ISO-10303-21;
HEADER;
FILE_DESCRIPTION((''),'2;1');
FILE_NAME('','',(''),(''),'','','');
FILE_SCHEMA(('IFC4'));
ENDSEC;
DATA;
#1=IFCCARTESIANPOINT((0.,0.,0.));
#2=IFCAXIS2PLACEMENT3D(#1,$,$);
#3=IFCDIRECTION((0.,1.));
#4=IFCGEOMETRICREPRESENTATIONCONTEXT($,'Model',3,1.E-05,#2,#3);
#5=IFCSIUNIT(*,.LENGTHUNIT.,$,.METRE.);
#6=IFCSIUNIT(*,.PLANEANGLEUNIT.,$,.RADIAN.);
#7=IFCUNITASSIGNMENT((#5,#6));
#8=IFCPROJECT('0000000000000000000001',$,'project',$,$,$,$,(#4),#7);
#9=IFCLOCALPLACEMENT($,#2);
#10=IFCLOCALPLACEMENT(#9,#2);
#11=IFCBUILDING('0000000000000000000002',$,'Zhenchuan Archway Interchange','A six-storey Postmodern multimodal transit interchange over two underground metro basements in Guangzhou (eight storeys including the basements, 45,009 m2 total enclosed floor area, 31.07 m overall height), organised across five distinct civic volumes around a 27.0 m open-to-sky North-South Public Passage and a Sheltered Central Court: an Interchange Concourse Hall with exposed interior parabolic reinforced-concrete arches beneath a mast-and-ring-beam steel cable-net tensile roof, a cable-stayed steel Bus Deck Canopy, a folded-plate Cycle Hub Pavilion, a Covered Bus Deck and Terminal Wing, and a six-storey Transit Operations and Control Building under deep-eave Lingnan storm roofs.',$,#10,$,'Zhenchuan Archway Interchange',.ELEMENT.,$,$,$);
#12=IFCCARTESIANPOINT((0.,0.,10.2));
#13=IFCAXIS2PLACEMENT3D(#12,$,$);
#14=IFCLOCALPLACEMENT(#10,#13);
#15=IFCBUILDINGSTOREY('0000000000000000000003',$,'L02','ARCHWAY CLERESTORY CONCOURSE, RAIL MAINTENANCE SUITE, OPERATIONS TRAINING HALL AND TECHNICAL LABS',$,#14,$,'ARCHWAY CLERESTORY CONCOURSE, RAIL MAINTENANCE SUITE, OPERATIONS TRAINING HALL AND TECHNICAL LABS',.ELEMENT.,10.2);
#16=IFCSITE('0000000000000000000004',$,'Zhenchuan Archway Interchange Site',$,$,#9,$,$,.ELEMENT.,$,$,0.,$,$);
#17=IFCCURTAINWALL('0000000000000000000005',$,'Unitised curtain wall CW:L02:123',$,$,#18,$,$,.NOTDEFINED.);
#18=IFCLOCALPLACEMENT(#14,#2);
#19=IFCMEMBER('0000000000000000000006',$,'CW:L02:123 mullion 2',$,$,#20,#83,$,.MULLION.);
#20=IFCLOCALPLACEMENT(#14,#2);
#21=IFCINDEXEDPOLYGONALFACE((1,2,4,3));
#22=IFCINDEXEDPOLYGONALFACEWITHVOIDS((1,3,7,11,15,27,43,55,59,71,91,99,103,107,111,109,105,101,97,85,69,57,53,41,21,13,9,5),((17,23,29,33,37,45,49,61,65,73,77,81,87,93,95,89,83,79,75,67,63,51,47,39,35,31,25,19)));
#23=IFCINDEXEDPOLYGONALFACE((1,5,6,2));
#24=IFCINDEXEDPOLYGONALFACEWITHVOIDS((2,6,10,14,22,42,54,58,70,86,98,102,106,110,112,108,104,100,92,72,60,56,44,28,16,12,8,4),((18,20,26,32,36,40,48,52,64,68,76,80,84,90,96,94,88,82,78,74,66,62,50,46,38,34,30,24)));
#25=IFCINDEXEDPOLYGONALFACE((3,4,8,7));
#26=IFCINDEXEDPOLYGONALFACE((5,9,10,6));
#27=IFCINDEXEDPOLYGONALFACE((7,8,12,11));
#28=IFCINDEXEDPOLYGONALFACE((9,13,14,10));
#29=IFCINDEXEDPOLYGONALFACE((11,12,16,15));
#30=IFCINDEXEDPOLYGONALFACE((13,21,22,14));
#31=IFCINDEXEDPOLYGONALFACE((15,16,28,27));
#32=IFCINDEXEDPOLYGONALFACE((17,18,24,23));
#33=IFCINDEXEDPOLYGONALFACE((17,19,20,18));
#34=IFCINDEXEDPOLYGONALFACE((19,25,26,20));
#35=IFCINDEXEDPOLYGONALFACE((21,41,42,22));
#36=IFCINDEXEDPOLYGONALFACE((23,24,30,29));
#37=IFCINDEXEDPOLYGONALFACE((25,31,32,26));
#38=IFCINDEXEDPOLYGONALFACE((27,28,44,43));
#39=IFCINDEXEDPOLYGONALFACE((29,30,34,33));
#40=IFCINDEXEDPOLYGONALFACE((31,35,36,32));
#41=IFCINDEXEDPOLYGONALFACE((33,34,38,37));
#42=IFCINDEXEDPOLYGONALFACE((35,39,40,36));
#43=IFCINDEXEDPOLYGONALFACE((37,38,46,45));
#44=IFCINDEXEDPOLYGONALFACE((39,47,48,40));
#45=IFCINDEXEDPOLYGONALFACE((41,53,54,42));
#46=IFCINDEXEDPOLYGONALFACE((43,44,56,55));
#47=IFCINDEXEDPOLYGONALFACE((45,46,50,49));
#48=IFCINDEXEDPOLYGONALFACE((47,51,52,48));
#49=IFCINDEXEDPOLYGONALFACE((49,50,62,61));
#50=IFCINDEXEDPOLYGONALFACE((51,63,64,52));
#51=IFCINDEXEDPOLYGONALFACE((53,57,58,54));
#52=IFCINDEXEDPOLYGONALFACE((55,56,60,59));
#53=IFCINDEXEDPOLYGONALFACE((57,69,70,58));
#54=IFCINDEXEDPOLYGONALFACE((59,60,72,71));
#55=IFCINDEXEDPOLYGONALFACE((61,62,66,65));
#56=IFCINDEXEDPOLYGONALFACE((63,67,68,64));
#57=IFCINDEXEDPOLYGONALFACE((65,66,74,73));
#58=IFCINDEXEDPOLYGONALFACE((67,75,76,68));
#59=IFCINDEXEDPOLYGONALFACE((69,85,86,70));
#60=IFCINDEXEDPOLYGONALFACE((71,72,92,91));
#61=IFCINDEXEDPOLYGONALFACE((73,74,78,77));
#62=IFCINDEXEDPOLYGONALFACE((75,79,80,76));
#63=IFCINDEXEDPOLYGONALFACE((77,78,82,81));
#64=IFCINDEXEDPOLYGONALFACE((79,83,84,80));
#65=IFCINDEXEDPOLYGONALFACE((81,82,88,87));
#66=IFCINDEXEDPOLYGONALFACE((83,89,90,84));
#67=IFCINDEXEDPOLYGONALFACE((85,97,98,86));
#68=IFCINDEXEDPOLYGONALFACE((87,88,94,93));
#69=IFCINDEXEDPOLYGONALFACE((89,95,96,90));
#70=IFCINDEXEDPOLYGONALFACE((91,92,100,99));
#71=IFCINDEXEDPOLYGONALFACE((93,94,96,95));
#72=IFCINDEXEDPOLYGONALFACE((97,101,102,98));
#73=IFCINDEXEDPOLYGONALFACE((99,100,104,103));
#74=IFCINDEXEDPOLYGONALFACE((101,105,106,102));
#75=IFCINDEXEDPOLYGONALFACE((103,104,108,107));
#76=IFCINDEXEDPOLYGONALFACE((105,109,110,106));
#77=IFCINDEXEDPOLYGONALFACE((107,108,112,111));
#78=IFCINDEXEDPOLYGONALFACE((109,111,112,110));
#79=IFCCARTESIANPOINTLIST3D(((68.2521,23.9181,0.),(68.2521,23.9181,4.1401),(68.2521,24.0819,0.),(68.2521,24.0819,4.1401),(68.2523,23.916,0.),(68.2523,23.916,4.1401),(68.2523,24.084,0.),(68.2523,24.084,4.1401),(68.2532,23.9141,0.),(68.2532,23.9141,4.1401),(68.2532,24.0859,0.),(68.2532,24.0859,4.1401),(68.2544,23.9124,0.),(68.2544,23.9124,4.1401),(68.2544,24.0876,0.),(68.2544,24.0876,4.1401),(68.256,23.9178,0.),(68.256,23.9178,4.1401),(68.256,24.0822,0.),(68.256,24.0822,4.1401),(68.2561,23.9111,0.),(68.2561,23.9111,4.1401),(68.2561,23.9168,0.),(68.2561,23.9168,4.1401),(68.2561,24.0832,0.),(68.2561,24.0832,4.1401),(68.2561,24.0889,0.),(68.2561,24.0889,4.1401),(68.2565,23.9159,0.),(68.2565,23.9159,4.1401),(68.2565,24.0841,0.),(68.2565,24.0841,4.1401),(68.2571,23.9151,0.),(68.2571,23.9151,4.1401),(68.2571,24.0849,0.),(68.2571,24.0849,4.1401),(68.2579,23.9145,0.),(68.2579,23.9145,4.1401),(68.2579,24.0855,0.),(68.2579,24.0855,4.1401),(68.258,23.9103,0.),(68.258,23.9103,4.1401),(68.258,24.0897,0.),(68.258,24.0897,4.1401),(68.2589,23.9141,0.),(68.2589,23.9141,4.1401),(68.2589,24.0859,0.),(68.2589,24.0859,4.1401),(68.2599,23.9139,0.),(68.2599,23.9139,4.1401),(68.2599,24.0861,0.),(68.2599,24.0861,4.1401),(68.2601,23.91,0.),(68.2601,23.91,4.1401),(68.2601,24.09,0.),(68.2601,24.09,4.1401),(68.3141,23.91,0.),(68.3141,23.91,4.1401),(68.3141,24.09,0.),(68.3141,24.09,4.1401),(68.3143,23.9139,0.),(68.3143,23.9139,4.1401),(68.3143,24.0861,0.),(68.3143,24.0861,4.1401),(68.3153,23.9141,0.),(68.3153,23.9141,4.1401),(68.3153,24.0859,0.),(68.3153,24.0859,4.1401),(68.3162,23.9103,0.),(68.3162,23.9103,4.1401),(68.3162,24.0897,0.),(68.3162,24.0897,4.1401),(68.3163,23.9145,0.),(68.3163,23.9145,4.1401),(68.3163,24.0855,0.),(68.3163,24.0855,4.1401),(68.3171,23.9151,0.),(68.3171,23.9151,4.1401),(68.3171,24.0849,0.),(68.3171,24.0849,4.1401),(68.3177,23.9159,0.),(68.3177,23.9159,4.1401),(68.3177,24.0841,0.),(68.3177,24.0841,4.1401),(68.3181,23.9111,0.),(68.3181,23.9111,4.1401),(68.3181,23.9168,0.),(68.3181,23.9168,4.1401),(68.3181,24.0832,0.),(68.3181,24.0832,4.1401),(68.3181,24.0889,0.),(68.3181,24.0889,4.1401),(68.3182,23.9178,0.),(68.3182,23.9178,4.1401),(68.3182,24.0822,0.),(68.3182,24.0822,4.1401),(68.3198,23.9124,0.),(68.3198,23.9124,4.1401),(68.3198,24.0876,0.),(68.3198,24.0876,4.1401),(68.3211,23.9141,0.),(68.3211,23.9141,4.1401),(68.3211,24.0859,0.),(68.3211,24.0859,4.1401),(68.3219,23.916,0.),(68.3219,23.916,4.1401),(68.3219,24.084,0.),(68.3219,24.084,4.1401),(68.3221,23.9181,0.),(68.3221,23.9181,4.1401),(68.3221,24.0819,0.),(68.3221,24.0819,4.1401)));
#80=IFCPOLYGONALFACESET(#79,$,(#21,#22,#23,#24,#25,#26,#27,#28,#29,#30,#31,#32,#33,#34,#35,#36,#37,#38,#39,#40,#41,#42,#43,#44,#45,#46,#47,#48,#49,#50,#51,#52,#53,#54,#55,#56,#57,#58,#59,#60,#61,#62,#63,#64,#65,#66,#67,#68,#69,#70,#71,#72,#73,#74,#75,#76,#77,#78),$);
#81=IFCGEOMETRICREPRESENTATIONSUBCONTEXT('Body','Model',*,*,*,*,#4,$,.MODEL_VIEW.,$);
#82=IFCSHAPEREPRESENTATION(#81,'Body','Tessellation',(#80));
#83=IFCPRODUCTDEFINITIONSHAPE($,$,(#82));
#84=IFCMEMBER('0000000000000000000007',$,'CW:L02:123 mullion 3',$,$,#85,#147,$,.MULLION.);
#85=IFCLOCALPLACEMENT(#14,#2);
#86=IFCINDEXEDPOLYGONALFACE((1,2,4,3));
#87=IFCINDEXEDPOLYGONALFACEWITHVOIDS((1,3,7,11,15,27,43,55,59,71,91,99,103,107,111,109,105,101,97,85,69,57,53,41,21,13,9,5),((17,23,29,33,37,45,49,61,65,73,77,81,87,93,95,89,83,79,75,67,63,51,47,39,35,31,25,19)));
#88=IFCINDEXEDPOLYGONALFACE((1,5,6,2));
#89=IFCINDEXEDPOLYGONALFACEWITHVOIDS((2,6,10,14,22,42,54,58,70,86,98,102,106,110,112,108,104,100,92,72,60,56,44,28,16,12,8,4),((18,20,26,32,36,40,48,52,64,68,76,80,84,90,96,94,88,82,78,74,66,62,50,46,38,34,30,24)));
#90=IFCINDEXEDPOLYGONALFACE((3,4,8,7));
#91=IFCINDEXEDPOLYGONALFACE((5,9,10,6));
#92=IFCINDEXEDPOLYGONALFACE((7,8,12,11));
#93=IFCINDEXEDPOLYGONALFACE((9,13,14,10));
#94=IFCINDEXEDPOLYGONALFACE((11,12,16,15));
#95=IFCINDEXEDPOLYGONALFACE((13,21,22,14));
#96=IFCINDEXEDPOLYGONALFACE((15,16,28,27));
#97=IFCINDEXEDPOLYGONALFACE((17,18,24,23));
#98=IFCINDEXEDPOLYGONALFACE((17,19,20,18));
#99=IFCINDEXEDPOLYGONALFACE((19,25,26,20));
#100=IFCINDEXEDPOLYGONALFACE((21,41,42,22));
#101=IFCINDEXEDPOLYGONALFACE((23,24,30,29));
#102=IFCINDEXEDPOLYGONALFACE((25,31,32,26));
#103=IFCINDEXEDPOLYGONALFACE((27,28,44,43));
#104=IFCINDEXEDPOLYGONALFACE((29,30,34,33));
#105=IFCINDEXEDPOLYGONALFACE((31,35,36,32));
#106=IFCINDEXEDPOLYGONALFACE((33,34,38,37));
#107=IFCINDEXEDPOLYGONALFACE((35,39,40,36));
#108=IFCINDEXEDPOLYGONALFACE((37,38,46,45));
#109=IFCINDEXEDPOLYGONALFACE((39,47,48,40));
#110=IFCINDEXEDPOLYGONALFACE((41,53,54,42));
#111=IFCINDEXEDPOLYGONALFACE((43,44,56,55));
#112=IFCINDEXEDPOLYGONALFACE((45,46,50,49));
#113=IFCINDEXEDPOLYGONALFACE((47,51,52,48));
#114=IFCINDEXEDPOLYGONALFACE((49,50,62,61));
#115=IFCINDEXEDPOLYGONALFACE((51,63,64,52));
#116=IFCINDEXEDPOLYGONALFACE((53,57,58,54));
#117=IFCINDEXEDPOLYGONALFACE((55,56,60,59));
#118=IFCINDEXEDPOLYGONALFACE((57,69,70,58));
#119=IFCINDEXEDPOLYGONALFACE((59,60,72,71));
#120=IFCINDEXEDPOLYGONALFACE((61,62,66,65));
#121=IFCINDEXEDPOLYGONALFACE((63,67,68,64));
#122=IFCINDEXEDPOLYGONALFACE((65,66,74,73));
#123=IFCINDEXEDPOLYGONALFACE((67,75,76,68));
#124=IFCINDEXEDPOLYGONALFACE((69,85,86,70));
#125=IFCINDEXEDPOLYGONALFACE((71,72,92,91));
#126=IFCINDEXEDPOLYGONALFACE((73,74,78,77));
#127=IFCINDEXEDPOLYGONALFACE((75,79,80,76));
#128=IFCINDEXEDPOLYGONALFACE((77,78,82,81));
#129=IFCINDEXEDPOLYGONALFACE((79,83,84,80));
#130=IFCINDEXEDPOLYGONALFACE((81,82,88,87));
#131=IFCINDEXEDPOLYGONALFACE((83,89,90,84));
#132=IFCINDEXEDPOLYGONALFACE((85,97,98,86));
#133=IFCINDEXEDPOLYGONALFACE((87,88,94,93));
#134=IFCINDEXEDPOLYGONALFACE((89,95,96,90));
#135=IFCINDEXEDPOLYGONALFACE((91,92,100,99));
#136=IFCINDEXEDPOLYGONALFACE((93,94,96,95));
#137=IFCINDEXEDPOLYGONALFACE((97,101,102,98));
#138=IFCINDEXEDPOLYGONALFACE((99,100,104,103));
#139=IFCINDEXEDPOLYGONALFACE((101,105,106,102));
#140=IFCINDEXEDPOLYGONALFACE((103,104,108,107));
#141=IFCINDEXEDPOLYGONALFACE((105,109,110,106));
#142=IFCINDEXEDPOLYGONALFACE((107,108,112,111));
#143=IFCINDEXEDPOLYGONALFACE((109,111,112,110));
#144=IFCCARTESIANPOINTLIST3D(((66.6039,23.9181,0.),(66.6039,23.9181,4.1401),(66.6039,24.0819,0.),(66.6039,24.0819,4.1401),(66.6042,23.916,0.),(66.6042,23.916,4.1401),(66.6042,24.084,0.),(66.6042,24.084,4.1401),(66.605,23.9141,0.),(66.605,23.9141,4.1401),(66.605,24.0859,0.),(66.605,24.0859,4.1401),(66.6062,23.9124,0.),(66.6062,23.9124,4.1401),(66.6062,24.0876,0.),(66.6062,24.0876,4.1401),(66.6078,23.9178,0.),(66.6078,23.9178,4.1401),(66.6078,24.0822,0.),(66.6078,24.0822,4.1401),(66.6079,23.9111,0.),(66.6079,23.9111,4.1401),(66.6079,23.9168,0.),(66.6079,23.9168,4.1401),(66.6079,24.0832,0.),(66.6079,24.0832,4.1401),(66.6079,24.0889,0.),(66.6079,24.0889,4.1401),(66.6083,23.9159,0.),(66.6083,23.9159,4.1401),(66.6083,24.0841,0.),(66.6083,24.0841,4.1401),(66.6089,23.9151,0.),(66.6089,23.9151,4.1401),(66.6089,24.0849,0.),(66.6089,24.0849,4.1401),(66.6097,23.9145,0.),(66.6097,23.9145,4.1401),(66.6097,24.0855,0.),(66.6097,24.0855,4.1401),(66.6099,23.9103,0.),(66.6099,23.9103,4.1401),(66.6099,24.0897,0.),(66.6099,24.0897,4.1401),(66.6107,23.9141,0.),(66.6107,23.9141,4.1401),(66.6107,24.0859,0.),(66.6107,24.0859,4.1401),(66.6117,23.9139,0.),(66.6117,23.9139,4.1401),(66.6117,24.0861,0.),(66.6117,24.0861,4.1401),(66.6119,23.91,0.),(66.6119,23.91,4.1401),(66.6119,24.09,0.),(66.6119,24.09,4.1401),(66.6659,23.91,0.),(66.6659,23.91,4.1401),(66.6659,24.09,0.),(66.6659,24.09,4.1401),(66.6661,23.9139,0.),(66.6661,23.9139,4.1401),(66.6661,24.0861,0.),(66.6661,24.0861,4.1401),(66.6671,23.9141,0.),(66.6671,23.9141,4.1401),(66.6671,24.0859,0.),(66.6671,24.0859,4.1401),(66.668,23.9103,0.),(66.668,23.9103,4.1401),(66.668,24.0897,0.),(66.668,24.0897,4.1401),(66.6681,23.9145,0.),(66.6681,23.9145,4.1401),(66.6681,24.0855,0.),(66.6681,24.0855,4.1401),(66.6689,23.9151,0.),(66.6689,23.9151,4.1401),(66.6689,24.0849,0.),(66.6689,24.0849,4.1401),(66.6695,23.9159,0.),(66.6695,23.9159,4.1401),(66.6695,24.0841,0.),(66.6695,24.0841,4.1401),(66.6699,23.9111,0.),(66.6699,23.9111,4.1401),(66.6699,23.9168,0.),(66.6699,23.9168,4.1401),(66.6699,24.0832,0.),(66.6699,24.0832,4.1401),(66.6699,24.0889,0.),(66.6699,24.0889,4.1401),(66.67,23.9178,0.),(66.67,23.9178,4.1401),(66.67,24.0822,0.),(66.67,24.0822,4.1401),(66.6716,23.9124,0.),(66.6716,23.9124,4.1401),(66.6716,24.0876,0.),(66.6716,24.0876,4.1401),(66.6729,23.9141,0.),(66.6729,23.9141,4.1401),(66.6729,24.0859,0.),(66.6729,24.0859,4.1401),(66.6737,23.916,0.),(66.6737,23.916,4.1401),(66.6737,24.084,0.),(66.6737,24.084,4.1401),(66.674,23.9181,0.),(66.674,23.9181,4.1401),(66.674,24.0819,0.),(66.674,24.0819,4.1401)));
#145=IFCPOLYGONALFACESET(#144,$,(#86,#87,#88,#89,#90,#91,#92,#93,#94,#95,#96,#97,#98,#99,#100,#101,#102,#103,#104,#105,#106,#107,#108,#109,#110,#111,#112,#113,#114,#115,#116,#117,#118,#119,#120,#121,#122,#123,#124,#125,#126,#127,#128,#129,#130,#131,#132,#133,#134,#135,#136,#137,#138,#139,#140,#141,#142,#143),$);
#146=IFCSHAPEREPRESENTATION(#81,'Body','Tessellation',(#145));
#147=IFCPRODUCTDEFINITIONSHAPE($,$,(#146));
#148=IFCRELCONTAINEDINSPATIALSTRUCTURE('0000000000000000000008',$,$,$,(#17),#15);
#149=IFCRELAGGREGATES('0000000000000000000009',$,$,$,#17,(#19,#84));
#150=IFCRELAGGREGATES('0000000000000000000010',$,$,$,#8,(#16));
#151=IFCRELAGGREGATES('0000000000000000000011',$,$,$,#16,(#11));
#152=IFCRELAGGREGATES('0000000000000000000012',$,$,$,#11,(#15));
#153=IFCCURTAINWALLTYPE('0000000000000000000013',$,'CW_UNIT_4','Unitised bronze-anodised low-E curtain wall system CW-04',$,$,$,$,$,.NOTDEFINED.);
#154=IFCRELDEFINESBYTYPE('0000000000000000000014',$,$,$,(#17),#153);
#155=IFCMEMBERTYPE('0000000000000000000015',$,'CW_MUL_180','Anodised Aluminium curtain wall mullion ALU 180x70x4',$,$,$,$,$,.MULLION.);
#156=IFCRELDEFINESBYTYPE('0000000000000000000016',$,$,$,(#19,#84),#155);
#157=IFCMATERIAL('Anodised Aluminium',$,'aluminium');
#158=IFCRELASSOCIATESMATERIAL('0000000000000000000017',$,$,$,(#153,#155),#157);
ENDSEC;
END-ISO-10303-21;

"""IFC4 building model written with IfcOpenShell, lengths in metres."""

from ifc_helpers import new_model, si_unit, direction, frame, origin, origin_2d, place, context, subcontext, project, spatial, hollow_rectangle, extrude, material, material_profile, profile_set, type_object, element, aggregate, save


model = new_model("IFC4")

# Units and contexts
model_context = context("Model", 3, precision=1e-05, world=origin(), true_north=direction((0.0, 1.0)))
body_context = subcontext(model_context, "Body", "Model", "MODEL_VIEW")
ifc_project = project(units=[si_unit("LENGTHUNIT", "METRE"), si_unit("PLANEANGLEUNIT", "RADIAN")], contexts=[model_context])

# Site, building, storey
site_placement = place(None, origin())
site = spatial("IfcSite", under=ifc_project, at=site_placement, Name="Zhenchuan Archway Interchange Site", CompositionType="ELEMENT", RefElevation=0.0)
building_placement = place(site_placement, origin())
building = spatial("IfcBuilding", under=site, at=building_placement, Name="Zhenchuan Archway Interchange", Description="A six-storey Postmodern multimodal transit interchange over two underground metro basements in Guangzhou (eight storeys including the basements, 45,009 m2 total enclosed floor area, 31.07 m overall height), organised across five distinct civic volumes around a 27.0 m open-to-sky North-South Public Passage and a Sheltered Central Court: an Interchange Concourse Hall with exposed interior parabolic reinforced-concrete arches beneath a mast-and-ring-beam steel cable-net tensile roof, a cable-stayed steel Bus Deck Canopy, a folded-plate Cycle Hub Pavilion, a Covered Bus Deck and Terminal Wing, and a six-storey Transit Operations and Control Building under deep-eave Lingnan storm roofs.", LongName="Zhenchuan Archway Interchange", CompositionType="ELEMENT")
storey_placement = place(building_placement, frame((0.0, 0.0, 10.2)))
storey = spatial("IfcBuildingStorey", under=building, at=storey_placement, Name="L02", Description="ARCHWAY CLERESTORY CONCOURSE, RAIL MAINTENANCE SUITE, OPERATIONS TRAINING HALL AND TECHNICAL LABS", LongName="ARCHWAY CLERESTORY CONCOURSE, RAIL MAINTENANCE SUITE, OPERATIONS TRAINING HALL AND TECHNICAL LABS", CompositionType="ELEMENT", Elevation=10.2)

# Curtain wall, members
ifc_material_1 = material(Name="Anodised Aluminium", Category="aluminium")
curtain_wall_type = type_object("IfcCurtainWallType", Name="CW_UNIT_4", Description="Unitised bronze-anodised low-E curtain wall system CW-04", PredefinedType="NOTDEFINED", material=ifc_material_1)
curtain_wall_placement = place(storey_placement, origin())
curtain_wall = element("IfcCurtainWall", 1, at=curtain_wall_placement, inside=storey, type_object=curtain_wall_type, Name="Unitised curtain wall CW:L02:123", PredefinedType="NOTDEFINED")
ifc_material_profile_1 = material_profile(ifc_material_1, hollow_rectangle(XDim=0.0701, YDim=0.1799, WallThickness=0.0039, InnerFilletRadius=0.0039, OuterFilletRadius=0.0081, at=origin_2d()), Name="ALU 180x70x4")
ifc_profile_set_1 = profile_set([ifc_material_profile_1], Name="Anodised Aluminium")
member_type_1 = type_object("IfcMemberType", Name="CW_MUL_180", Description="Anodised Aluminium curtain wall mullion ALU 180x70x4", PredefinedType="MULLION", material=ifc_profile_set_1)
member_1_placement = place(storey_placement, frame((68.2871, 24.0, 0.0), z_axis=(0.0, 0.0, 1.0), x_axis=(1.0, 0.0, 0.0)))
member_1 = element("IfcMember", 2, at=member_1_placement, type_object=member_type_1, Name="CW:L02:123 mullion 2", PredefinedType="MULLION", context=body_context, shape_type="SweptSolid", body=[
    extrude(hollow_rectangle(XDim=0.0701, YDim=0.1799, WallThickness=0.0039, InnerFilletRadius=0.0039, OuterFilletRadius=0.0081, at=origin_2d()), origin(), (0.0, 0.0, 1.0), 4.1401),
])
member_2_placement = place(storey_placement, frame((66.6389, 24.0, 0.0), z_axis=(0.0, 0.0, 1.0), x_axis=(1.0, 0.0, 0.0)))
member_2 = element("IfcMember", 3, at=member_2_placement, type_object=member_type_1, Name="CW:L02:123 mullion 3", PredefinedType="MULLION", context=body_context, shape_type="SweptSolid", body=[
    extrude(hollow_rectangle(XDim=0.0701, YDim=0.1799, WallThickness=0.0039, InnerFilletRadius=0.0039, OuterFilletRadius=0.0081, at=origin_2d()), origin(), (0.0, 0.0, 1.0), 4.1401),
])

aggregate(curtain_wall, [member_1, member_2])

save(model, "model.ifc")
